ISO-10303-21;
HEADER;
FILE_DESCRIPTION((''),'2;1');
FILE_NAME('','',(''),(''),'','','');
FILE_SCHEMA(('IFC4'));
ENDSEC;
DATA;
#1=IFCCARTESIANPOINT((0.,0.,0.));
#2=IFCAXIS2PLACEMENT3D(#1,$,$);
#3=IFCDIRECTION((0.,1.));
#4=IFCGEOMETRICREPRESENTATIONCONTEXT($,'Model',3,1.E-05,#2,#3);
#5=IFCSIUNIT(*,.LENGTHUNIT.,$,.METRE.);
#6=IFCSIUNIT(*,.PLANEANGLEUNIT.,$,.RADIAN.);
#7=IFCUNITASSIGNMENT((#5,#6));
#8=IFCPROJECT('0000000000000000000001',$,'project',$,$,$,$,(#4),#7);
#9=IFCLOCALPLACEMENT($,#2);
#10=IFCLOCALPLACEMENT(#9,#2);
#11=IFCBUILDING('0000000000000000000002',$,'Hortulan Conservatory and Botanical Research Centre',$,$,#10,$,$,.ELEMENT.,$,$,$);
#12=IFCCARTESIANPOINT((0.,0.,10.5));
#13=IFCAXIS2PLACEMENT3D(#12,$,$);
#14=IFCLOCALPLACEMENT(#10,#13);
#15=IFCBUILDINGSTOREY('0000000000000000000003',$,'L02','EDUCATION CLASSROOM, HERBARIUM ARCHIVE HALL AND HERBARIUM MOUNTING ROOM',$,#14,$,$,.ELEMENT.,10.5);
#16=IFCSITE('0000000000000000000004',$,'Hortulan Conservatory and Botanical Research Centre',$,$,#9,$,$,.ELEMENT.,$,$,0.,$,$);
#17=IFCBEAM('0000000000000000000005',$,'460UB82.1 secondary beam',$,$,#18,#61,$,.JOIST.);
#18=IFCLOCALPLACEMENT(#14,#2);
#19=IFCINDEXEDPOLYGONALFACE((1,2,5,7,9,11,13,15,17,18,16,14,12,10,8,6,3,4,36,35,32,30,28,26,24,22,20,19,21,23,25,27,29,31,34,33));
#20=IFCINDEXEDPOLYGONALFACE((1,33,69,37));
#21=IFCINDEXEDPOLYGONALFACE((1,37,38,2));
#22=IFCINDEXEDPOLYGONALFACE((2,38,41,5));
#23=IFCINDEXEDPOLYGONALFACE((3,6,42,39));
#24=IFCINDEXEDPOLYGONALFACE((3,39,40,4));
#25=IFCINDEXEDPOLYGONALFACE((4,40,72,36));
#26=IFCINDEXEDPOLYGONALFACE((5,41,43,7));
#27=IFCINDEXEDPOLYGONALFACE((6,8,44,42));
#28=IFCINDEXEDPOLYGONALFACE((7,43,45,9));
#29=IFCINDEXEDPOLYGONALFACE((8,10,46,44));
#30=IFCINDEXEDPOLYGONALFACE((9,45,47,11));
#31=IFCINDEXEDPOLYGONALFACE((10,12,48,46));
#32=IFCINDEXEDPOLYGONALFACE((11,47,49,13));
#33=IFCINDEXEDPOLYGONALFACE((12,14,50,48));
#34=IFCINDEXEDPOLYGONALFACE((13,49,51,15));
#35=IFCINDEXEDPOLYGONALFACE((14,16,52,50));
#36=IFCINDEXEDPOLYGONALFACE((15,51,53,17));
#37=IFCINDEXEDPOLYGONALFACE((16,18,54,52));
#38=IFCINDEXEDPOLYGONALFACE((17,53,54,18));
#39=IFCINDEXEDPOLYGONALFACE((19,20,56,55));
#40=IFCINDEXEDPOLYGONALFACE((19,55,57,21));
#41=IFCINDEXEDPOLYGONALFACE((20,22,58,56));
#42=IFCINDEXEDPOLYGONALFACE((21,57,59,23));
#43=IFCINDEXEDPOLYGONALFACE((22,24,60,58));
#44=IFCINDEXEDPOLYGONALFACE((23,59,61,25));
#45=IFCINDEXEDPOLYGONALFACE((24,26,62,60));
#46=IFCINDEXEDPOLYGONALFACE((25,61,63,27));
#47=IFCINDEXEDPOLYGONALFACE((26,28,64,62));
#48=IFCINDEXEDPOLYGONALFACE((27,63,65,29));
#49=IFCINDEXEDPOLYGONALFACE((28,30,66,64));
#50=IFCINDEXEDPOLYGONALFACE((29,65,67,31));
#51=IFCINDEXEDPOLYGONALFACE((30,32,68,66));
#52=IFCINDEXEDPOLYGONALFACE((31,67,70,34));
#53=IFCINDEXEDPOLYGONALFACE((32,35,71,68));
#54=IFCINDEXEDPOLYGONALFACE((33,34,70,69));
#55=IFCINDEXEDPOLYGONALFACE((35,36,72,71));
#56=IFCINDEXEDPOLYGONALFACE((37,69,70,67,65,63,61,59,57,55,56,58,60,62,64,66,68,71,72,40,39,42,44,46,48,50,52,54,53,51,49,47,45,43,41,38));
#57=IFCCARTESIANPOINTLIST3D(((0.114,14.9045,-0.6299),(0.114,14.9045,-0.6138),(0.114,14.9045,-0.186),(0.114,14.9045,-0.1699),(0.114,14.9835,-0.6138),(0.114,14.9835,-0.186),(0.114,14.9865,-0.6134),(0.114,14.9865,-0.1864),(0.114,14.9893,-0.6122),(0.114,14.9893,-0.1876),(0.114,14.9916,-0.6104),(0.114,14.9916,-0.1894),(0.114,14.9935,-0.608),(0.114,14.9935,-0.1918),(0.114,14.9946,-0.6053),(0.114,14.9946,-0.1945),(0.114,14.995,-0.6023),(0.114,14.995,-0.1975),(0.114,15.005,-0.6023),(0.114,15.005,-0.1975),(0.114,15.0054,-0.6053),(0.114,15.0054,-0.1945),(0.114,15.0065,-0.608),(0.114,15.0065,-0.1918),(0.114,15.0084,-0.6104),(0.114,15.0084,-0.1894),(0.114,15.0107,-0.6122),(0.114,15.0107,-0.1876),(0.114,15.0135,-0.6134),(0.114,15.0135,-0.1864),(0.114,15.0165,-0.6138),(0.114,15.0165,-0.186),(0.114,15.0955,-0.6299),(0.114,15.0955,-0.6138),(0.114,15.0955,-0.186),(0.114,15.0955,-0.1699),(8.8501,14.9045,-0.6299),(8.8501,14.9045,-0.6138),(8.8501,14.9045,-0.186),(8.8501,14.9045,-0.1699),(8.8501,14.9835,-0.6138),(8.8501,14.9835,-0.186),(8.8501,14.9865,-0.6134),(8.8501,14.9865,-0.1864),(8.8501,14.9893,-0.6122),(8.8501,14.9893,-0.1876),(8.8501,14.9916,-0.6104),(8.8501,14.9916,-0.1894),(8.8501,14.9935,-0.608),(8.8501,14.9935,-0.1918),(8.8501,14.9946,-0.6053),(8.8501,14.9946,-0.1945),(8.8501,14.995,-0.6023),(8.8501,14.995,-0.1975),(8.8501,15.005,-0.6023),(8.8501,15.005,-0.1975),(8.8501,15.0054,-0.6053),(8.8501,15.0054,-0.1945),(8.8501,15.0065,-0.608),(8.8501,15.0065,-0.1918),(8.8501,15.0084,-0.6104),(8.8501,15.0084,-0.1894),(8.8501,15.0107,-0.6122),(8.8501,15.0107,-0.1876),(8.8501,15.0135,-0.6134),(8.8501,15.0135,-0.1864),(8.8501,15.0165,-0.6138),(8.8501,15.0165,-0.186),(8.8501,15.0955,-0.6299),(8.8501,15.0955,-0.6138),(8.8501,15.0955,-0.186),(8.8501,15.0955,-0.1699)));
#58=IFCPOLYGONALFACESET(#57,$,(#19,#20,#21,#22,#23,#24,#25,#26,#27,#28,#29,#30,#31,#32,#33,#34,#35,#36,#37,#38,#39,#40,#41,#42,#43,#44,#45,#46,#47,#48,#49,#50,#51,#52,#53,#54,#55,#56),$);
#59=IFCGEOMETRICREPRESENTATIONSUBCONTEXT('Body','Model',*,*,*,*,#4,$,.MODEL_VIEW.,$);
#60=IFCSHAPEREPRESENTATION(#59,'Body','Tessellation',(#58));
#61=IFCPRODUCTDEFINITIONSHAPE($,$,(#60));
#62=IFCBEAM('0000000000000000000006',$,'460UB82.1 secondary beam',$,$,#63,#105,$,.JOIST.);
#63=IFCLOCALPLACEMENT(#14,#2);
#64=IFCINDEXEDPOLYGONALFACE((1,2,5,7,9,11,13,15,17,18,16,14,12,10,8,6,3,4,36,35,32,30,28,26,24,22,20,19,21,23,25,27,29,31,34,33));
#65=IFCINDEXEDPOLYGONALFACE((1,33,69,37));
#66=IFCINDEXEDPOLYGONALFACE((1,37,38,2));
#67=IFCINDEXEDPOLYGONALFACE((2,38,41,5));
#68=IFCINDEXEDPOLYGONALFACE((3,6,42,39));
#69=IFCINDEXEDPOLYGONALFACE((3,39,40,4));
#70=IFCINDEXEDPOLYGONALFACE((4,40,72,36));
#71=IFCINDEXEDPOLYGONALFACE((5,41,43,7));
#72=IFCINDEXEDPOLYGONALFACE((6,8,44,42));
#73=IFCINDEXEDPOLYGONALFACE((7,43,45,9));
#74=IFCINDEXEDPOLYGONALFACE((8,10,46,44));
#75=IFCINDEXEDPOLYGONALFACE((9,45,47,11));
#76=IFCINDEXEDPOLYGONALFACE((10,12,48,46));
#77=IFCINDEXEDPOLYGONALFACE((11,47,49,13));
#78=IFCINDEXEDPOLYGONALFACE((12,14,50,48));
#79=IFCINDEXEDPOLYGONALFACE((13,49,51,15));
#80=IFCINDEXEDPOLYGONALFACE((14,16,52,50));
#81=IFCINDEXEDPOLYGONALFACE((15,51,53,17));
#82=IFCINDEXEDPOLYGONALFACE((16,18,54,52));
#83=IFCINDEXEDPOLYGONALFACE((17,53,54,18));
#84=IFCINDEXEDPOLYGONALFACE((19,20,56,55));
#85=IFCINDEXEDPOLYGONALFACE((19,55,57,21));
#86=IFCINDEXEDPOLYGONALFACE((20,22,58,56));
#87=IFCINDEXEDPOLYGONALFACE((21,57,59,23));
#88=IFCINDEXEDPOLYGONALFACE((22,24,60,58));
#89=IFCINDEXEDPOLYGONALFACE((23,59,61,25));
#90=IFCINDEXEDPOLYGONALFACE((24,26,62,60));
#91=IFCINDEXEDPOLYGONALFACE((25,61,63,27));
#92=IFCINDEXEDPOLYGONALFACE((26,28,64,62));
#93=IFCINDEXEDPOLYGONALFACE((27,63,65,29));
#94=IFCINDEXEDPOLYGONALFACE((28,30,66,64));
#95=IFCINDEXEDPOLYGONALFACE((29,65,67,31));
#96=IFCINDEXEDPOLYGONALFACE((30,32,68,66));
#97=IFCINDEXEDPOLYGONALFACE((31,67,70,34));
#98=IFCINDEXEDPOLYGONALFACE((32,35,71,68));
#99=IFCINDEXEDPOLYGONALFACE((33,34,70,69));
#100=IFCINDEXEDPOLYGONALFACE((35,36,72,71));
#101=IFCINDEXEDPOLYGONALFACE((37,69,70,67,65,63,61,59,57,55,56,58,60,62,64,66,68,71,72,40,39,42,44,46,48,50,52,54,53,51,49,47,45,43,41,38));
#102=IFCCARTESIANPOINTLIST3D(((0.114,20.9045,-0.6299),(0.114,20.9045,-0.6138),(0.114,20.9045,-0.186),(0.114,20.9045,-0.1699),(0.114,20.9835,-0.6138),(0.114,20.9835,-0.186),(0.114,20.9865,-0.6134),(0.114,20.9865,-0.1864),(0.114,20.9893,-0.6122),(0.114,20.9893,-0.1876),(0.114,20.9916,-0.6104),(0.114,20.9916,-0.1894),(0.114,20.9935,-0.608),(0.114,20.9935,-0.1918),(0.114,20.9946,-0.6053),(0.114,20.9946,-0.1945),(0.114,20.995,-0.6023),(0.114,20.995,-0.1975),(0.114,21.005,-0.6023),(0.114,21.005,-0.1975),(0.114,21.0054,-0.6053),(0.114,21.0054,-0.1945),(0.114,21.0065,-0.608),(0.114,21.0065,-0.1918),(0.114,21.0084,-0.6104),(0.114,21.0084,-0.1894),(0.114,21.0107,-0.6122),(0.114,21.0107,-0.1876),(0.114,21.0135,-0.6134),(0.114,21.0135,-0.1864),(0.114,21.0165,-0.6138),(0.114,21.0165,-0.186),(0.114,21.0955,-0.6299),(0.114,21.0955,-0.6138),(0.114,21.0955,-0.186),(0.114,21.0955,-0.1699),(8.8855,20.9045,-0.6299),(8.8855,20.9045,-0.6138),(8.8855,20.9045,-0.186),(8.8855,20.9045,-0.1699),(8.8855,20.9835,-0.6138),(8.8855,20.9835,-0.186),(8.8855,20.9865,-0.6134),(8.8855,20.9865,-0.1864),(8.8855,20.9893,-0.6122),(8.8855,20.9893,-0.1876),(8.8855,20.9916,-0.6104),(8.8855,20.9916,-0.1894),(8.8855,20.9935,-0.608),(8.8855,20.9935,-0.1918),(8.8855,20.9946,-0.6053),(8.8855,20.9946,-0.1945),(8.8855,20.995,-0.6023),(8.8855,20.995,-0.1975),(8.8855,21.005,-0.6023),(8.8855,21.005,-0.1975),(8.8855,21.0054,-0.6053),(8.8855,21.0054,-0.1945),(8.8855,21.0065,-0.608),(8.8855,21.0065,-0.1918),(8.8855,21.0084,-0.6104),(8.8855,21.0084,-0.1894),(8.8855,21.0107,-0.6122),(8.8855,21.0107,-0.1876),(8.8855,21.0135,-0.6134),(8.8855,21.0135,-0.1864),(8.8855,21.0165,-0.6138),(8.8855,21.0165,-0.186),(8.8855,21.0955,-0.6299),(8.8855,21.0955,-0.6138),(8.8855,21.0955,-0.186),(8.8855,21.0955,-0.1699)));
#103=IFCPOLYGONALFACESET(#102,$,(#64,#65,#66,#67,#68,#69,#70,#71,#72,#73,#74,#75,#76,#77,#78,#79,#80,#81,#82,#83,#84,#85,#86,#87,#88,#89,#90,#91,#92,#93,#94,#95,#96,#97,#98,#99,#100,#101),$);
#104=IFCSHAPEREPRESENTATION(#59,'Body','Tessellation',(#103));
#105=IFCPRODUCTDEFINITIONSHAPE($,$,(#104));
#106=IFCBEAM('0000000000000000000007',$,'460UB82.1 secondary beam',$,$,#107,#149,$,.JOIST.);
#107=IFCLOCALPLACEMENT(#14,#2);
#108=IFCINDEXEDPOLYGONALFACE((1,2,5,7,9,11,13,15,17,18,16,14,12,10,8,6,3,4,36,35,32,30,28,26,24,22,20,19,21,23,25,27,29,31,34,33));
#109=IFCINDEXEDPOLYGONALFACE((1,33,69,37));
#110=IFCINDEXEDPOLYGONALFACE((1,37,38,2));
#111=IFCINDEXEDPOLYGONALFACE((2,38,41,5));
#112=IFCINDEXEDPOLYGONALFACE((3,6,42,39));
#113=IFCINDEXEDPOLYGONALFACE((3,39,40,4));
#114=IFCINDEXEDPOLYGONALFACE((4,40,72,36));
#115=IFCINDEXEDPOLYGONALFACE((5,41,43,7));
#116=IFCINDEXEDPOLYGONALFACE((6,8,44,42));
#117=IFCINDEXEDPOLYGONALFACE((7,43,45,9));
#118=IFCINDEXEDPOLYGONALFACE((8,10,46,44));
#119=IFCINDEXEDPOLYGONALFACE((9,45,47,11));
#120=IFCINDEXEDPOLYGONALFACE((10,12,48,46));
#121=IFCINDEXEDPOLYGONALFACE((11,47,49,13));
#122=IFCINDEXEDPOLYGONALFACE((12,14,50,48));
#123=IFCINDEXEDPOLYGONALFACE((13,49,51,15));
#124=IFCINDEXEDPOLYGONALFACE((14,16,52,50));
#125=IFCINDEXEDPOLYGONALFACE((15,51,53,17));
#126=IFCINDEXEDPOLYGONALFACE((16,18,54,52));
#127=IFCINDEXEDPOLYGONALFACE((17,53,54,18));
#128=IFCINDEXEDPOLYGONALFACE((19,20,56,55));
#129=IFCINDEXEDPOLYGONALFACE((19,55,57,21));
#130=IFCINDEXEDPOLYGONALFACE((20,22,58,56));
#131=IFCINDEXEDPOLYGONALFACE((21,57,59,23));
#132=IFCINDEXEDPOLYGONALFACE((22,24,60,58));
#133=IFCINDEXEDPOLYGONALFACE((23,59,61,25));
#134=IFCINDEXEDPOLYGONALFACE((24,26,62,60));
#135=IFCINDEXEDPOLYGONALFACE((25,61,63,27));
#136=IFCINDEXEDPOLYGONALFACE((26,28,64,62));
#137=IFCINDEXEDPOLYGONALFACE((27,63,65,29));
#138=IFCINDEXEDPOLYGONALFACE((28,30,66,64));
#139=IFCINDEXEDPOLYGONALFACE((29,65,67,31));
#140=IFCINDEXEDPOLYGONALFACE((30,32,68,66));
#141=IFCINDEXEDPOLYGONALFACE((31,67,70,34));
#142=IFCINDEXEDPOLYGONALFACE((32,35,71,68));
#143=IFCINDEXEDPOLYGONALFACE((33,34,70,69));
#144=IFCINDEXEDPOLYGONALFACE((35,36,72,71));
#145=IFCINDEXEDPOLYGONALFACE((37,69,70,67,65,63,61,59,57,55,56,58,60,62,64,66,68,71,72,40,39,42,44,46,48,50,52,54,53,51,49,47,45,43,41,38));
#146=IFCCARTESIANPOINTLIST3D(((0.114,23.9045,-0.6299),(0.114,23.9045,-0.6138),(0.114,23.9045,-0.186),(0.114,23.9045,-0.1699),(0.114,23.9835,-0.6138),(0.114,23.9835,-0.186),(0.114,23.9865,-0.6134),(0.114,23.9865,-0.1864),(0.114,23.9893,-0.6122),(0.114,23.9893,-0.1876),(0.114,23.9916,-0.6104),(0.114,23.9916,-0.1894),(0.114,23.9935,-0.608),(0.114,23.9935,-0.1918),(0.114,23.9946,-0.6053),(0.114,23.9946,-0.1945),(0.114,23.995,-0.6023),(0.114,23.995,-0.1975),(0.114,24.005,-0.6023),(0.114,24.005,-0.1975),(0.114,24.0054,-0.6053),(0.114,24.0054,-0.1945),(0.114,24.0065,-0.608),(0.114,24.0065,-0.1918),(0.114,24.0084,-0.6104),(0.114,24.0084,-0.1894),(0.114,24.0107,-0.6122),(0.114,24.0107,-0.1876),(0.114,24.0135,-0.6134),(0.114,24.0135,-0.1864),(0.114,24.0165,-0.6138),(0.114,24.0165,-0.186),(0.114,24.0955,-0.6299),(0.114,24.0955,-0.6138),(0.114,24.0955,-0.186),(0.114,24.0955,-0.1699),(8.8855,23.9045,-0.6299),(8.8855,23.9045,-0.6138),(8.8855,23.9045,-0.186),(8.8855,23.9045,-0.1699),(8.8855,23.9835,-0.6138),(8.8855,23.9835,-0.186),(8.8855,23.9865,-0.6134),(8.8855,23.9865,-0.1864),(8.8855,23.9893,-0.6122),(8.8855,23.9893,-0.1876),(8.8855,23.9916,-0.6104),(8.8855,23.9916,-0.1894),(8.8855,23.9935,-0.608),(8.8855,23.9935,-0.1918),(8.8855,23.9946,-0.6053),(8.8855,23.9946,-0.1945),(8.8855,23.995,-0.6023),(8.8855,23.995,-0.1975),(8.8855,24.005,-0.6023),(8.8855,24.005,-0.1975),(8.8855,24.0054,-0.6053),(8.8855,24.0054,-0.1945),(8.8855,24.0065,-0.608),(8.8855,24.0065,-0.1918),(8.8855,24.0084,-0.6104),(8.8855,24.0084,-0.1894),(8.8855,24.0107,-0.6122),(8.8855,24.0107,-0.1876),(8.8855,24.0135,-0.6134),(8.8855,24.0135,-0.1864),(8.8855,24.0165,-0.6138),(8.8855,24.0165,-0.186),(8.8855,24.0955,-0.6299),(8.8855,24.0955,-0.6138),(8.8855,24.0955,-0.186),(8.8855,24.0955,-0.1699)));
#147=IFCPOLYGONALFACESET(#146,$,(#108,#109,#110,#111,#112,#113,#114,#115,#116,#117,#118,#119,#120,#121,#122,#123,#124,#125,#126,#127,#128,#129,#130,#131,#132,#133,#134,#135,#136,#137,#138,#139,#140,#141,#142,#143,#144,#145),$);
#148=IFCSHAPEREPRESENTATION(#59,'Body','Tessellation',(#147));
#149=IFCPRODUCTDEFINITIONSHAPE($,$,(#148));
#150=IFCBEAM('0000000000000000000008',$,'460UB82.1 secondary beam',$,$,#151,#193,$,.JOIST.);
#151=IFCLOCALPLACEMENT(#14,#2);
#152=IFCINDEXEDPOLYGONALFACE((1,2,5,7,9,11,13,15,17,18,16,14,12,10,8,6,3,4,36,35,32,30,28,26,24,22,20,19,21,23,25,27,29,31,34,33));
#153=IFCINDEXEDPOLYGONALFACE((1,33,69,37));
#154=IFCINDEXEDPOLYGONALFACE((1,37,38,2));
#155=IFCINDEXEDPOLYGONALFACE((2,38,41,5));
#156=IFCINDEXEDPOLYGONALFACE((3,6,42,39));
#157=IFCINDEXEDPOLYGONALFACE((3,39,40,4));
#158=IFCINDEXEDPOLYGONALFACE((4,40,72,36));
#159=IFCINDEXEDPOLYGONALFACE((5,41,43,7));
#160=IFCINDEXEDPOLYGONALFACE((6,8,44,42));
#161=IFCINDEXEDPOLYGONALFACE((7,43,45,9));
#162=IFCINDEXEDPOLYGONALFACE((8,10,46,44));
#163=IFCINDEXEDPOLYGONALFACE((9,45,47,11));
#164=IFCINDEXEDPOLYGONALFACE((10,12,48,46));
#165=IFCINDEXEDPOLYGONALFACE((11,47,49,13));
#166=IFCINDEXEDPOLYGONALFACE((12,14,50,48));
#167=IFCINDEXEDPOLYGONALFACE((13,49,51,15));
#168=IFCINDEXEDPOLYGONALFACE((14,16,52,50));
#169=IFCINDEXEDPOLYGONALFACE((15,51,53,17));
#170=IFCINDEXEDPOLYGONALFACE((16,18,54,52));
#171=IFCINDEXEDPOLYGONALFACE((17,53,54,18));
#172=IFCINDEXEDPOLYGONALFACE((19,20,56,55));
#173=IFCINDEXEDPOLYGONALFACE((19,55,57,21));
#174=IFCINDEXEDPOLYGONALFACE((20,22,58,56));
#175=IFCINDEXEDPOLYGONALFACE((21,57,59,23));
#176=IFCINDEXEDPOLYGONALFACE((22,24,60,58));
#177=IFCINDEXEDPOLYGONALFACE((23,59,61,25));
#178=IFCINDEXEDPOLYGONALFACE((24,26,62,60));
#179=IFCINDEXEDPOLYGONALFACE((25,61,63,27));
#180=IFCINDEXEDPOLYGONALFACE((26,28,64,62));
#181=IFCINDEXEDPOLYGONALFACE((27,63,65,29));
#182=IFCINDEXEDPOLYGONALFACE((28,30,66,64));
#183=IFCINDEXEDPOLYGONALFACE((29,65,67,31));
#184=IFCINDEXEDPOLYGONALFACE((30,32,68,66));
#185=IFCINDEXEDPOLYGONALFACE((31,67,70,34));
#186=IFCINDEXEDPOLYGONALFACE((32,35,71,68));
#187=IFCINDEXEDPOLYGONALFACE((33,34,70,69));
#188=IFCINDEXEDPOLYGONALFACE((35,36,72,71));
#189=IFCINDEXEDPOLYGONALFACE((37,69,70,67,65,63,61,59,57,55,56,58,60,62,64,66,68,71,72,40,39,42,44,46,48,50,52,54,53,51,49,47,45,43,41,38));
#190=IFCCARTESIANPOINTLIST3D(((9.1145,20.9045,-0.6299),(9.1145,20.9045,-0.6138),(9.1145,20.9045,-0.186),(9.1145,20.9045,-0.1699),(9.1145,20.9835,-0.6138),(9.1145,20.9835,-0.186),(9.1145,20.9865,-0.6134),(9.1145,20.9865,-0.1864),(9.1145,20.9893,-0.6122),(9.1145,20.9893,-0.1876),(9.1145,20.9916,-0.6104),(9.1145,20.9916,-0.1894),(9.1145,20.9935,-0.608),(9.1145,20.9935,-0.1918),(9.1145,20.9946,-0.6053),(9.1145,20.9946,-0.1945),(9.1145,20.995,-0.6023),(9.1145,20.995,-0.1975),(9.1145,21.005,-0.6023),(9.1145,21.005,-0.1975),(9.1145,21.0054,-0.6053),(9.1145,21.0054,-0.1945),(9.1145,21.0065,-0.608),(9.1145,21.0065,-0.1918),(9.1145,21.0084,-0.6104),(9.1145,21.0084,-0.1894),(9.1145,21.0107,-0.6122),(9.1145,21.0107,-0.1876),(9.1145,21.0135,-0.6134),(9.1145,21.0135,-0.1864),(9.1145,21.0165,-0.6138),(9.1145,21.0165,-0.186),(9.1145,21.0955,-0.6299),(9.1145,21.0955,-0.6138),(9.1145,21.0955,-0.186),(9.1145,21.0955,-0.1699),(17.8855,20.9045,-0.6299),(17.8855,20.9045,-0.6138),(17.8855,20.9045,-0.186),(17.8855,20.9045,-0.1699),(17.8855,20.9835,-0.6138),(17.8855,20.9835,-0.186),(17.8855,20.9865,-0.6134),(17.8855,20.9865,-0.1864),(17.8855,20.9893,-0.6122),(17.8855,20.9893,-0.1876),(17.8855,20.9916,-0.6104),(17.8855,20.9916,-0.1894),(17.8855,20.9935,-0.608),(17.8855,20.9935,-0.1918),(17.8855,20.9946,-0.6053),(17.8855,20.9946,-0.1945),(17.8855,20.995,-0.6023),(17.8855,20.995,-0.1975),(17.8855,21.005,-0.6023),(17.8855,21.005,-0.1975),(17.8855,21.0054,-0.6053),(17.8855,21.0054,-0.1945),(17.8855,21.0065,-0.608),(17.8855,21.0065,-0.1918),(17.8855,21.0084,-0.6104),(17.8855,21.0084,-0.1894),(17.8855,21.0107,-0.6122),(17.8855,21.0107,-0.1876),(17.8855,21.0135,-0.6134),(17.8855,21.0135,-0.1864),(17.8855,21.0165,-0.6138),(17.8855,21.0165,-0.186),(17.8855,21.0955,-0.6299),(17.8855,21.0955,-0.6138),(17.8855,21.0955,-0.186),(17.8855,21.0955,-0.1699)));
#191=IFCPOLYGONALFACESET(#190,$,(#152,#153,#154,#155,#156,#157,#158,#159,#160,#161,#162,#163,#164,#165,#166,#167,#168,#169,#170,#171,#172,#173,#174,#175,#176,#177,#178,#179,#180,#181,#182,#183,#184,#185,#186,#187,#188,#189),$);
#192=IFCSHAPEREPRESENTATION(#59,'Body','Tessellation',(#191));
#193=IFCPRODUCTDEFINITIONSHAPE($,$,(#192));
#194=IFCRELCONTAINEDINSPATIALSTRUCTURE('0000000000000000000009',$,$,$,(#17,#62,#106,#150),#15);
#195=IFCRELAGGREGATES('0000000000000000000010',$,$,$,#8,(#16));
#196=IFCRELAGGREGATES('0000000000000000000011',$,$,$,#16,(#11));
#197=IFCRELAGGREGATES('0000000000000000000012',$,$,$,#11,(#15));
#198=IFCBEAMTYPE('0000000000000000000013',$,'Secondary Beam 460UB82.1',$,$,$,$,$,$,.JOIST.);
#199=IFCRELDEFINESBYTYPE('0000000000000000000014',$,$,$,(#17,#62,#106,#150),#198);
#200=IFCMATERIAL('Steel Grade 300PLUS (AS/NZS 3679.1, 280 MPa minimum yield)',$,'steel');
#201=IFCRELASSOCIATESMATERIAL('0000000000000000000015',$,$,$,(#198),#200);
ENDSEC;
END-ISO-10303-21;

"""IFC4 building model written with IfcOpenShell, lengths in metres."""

from ifc_helpers import new_model, si_unit, direction, frame, origin, origin_2d, place, context, subcontext, project, spatial, i_section, extrude, material, material_profile, profile_set, type_object, element, save


model = new_model("IFC4")

# Units and contexts
model_context = context("Model", 3, precision=1e-05, world=origin(), true_north=direction((0.0, 1.0)))
body_context = subcontext(model_context, "Body", "Model", "MODEL_VIEW")
ifc_project = project(units=[si_unit("LENGTHUNIT", "METRE"), si_unit("PLANEANGLEUNIT", "RADIAN")], contexts=[model_context])

# Site, building, storey
site_placement = place(None, origin())
site = spatial("IfcSite", under=ifc_project, at=site_placement, Name="Hortulan Conservatory and Botanical Research Centre", CompositionType="ELEMENT", RefElevation=0.0)
building_placement = place(site_placement, origin())
building = spatial("IfcBuilding", under=site, at=building_placement, Name="Hortulan Conservatory and Botanical Research Centre", CompositionType="ELEMENT")
storey_placement = place(building_placement, frame((0.0, 0.0, 10.5)))
storey = spatial("IfcBuildingStorey", under=building, at=storey_placement, Name="L02", Description="EDUCATION CLASSROOM, HERBARIUM ARCHIVE HALL AND HERBARIUM MOUNTING ROOM", CompositionType="ELEMENT", Elevation=10.5)

# Beams
ifc_material_1 = material(Name="Steel Grade 300PLUS (AS/NZS 3679.1, 280 MPa minimum yield)", Category="steel")
ifc_material_profile_1 = material_profile(ifc_material_1, i_section(OverallWidth=0.1909, OverallDepth=0.46, WebThickness=0.01, FlangeThickness=0.0161, FilletRadius=0.0115, at=origin_2d()), Name="460UB82.1")
ifc_profile_set_1 = profile_set([ifc_material_profile_1], Name="Steel Grade 300PLUS (AS/NZS 3679.1, 280 MPa minimum yield)")
beam_type_1 = type_object("IfcBeamType", Name="Secondary Beam 460UB82.1", PredefinedType="JOIST", material=ifc_profile_set_1)
beam_1_placement = place(storey_placement, frame((0.114, 15.0, -0.3999), z_axis=(1.0, 0.0, 0.0), x_axis=(0.0, 1.0, 0.0)))
element("IfcBeam", 1, at=beam_1_placement, inside=storey, type_object=beam_type_1, Name="460UB82.1 secondary beam", PredefinedType="JOIST", context=body_context, shape_type="SweptSolid", body=[
    extrude(i_section(OverallWidth=0.1909, OverallDepth=0.46, WebThickness=0.01, FlangeThickness=0.0161, FilletRadius=0.0115, at=origin_2d()), origin(), (0.0, 0.0, 1.0), 8.7361),
])
for number, where, z_axis, x_axis, name in (
    (2, (0.114, 21.0, -0.3999), (1.0, 0.0, 0.0), (0.0, 1.0, 0.0), "460UB82.1 secondary beam"),
    (3, (0.114, 24.0, -0.3999), (1.0, 0.0, 0.0), (0.0, 1.0, 0.0), "460UB82.1 secondary beam"),
):
    element("IfcBeam", number, at=place(storey_placement, frame(where, z_axis=z_axis, x_axis=x_axis)), inside=storey, type_object=beam_type_1, Name=name, PredefinedType="JOIST", context=body_context, shape_type="SweptSolid", body=[
        extrude(i_section(OverallWidth=0.1909, OverallDepth=0.46, WebThickness=0.01, FlangeThickness=0.0161, FilletRadius=0.0115, at=origin_2d()), origin(), (0.0, 0.0, 1.0), 8.7715),
    ])
for number, where, z_axis, x_axis, name in (
    (4, (9.1145, 21.0, -0.3999), (1.0, 0.0, 0.0), (0.0, 1.0, 0.0), "460UB82.1 secondary beam"),
):
    element("IfcBeam", number, at=place(storey_placement, frame(where, z_axis=z_axis, x_axis=x_axis)), inside=storey, type_object=beam_type_1, Name=name, PredefinedType="JOIST", context=body_context, shape_type="SweptSolid", body=[
        extrude(i_section(OverallWidth=0.1909, OverallDepth=0.46, WebThickness=0.01, FlangeThickness=0.0161, FilletRadius=0.0115, at=origin_2d()), origin(), (0.0, 0.0, 1.0), 8.771),
    ])

save(model, "model.ifc")
